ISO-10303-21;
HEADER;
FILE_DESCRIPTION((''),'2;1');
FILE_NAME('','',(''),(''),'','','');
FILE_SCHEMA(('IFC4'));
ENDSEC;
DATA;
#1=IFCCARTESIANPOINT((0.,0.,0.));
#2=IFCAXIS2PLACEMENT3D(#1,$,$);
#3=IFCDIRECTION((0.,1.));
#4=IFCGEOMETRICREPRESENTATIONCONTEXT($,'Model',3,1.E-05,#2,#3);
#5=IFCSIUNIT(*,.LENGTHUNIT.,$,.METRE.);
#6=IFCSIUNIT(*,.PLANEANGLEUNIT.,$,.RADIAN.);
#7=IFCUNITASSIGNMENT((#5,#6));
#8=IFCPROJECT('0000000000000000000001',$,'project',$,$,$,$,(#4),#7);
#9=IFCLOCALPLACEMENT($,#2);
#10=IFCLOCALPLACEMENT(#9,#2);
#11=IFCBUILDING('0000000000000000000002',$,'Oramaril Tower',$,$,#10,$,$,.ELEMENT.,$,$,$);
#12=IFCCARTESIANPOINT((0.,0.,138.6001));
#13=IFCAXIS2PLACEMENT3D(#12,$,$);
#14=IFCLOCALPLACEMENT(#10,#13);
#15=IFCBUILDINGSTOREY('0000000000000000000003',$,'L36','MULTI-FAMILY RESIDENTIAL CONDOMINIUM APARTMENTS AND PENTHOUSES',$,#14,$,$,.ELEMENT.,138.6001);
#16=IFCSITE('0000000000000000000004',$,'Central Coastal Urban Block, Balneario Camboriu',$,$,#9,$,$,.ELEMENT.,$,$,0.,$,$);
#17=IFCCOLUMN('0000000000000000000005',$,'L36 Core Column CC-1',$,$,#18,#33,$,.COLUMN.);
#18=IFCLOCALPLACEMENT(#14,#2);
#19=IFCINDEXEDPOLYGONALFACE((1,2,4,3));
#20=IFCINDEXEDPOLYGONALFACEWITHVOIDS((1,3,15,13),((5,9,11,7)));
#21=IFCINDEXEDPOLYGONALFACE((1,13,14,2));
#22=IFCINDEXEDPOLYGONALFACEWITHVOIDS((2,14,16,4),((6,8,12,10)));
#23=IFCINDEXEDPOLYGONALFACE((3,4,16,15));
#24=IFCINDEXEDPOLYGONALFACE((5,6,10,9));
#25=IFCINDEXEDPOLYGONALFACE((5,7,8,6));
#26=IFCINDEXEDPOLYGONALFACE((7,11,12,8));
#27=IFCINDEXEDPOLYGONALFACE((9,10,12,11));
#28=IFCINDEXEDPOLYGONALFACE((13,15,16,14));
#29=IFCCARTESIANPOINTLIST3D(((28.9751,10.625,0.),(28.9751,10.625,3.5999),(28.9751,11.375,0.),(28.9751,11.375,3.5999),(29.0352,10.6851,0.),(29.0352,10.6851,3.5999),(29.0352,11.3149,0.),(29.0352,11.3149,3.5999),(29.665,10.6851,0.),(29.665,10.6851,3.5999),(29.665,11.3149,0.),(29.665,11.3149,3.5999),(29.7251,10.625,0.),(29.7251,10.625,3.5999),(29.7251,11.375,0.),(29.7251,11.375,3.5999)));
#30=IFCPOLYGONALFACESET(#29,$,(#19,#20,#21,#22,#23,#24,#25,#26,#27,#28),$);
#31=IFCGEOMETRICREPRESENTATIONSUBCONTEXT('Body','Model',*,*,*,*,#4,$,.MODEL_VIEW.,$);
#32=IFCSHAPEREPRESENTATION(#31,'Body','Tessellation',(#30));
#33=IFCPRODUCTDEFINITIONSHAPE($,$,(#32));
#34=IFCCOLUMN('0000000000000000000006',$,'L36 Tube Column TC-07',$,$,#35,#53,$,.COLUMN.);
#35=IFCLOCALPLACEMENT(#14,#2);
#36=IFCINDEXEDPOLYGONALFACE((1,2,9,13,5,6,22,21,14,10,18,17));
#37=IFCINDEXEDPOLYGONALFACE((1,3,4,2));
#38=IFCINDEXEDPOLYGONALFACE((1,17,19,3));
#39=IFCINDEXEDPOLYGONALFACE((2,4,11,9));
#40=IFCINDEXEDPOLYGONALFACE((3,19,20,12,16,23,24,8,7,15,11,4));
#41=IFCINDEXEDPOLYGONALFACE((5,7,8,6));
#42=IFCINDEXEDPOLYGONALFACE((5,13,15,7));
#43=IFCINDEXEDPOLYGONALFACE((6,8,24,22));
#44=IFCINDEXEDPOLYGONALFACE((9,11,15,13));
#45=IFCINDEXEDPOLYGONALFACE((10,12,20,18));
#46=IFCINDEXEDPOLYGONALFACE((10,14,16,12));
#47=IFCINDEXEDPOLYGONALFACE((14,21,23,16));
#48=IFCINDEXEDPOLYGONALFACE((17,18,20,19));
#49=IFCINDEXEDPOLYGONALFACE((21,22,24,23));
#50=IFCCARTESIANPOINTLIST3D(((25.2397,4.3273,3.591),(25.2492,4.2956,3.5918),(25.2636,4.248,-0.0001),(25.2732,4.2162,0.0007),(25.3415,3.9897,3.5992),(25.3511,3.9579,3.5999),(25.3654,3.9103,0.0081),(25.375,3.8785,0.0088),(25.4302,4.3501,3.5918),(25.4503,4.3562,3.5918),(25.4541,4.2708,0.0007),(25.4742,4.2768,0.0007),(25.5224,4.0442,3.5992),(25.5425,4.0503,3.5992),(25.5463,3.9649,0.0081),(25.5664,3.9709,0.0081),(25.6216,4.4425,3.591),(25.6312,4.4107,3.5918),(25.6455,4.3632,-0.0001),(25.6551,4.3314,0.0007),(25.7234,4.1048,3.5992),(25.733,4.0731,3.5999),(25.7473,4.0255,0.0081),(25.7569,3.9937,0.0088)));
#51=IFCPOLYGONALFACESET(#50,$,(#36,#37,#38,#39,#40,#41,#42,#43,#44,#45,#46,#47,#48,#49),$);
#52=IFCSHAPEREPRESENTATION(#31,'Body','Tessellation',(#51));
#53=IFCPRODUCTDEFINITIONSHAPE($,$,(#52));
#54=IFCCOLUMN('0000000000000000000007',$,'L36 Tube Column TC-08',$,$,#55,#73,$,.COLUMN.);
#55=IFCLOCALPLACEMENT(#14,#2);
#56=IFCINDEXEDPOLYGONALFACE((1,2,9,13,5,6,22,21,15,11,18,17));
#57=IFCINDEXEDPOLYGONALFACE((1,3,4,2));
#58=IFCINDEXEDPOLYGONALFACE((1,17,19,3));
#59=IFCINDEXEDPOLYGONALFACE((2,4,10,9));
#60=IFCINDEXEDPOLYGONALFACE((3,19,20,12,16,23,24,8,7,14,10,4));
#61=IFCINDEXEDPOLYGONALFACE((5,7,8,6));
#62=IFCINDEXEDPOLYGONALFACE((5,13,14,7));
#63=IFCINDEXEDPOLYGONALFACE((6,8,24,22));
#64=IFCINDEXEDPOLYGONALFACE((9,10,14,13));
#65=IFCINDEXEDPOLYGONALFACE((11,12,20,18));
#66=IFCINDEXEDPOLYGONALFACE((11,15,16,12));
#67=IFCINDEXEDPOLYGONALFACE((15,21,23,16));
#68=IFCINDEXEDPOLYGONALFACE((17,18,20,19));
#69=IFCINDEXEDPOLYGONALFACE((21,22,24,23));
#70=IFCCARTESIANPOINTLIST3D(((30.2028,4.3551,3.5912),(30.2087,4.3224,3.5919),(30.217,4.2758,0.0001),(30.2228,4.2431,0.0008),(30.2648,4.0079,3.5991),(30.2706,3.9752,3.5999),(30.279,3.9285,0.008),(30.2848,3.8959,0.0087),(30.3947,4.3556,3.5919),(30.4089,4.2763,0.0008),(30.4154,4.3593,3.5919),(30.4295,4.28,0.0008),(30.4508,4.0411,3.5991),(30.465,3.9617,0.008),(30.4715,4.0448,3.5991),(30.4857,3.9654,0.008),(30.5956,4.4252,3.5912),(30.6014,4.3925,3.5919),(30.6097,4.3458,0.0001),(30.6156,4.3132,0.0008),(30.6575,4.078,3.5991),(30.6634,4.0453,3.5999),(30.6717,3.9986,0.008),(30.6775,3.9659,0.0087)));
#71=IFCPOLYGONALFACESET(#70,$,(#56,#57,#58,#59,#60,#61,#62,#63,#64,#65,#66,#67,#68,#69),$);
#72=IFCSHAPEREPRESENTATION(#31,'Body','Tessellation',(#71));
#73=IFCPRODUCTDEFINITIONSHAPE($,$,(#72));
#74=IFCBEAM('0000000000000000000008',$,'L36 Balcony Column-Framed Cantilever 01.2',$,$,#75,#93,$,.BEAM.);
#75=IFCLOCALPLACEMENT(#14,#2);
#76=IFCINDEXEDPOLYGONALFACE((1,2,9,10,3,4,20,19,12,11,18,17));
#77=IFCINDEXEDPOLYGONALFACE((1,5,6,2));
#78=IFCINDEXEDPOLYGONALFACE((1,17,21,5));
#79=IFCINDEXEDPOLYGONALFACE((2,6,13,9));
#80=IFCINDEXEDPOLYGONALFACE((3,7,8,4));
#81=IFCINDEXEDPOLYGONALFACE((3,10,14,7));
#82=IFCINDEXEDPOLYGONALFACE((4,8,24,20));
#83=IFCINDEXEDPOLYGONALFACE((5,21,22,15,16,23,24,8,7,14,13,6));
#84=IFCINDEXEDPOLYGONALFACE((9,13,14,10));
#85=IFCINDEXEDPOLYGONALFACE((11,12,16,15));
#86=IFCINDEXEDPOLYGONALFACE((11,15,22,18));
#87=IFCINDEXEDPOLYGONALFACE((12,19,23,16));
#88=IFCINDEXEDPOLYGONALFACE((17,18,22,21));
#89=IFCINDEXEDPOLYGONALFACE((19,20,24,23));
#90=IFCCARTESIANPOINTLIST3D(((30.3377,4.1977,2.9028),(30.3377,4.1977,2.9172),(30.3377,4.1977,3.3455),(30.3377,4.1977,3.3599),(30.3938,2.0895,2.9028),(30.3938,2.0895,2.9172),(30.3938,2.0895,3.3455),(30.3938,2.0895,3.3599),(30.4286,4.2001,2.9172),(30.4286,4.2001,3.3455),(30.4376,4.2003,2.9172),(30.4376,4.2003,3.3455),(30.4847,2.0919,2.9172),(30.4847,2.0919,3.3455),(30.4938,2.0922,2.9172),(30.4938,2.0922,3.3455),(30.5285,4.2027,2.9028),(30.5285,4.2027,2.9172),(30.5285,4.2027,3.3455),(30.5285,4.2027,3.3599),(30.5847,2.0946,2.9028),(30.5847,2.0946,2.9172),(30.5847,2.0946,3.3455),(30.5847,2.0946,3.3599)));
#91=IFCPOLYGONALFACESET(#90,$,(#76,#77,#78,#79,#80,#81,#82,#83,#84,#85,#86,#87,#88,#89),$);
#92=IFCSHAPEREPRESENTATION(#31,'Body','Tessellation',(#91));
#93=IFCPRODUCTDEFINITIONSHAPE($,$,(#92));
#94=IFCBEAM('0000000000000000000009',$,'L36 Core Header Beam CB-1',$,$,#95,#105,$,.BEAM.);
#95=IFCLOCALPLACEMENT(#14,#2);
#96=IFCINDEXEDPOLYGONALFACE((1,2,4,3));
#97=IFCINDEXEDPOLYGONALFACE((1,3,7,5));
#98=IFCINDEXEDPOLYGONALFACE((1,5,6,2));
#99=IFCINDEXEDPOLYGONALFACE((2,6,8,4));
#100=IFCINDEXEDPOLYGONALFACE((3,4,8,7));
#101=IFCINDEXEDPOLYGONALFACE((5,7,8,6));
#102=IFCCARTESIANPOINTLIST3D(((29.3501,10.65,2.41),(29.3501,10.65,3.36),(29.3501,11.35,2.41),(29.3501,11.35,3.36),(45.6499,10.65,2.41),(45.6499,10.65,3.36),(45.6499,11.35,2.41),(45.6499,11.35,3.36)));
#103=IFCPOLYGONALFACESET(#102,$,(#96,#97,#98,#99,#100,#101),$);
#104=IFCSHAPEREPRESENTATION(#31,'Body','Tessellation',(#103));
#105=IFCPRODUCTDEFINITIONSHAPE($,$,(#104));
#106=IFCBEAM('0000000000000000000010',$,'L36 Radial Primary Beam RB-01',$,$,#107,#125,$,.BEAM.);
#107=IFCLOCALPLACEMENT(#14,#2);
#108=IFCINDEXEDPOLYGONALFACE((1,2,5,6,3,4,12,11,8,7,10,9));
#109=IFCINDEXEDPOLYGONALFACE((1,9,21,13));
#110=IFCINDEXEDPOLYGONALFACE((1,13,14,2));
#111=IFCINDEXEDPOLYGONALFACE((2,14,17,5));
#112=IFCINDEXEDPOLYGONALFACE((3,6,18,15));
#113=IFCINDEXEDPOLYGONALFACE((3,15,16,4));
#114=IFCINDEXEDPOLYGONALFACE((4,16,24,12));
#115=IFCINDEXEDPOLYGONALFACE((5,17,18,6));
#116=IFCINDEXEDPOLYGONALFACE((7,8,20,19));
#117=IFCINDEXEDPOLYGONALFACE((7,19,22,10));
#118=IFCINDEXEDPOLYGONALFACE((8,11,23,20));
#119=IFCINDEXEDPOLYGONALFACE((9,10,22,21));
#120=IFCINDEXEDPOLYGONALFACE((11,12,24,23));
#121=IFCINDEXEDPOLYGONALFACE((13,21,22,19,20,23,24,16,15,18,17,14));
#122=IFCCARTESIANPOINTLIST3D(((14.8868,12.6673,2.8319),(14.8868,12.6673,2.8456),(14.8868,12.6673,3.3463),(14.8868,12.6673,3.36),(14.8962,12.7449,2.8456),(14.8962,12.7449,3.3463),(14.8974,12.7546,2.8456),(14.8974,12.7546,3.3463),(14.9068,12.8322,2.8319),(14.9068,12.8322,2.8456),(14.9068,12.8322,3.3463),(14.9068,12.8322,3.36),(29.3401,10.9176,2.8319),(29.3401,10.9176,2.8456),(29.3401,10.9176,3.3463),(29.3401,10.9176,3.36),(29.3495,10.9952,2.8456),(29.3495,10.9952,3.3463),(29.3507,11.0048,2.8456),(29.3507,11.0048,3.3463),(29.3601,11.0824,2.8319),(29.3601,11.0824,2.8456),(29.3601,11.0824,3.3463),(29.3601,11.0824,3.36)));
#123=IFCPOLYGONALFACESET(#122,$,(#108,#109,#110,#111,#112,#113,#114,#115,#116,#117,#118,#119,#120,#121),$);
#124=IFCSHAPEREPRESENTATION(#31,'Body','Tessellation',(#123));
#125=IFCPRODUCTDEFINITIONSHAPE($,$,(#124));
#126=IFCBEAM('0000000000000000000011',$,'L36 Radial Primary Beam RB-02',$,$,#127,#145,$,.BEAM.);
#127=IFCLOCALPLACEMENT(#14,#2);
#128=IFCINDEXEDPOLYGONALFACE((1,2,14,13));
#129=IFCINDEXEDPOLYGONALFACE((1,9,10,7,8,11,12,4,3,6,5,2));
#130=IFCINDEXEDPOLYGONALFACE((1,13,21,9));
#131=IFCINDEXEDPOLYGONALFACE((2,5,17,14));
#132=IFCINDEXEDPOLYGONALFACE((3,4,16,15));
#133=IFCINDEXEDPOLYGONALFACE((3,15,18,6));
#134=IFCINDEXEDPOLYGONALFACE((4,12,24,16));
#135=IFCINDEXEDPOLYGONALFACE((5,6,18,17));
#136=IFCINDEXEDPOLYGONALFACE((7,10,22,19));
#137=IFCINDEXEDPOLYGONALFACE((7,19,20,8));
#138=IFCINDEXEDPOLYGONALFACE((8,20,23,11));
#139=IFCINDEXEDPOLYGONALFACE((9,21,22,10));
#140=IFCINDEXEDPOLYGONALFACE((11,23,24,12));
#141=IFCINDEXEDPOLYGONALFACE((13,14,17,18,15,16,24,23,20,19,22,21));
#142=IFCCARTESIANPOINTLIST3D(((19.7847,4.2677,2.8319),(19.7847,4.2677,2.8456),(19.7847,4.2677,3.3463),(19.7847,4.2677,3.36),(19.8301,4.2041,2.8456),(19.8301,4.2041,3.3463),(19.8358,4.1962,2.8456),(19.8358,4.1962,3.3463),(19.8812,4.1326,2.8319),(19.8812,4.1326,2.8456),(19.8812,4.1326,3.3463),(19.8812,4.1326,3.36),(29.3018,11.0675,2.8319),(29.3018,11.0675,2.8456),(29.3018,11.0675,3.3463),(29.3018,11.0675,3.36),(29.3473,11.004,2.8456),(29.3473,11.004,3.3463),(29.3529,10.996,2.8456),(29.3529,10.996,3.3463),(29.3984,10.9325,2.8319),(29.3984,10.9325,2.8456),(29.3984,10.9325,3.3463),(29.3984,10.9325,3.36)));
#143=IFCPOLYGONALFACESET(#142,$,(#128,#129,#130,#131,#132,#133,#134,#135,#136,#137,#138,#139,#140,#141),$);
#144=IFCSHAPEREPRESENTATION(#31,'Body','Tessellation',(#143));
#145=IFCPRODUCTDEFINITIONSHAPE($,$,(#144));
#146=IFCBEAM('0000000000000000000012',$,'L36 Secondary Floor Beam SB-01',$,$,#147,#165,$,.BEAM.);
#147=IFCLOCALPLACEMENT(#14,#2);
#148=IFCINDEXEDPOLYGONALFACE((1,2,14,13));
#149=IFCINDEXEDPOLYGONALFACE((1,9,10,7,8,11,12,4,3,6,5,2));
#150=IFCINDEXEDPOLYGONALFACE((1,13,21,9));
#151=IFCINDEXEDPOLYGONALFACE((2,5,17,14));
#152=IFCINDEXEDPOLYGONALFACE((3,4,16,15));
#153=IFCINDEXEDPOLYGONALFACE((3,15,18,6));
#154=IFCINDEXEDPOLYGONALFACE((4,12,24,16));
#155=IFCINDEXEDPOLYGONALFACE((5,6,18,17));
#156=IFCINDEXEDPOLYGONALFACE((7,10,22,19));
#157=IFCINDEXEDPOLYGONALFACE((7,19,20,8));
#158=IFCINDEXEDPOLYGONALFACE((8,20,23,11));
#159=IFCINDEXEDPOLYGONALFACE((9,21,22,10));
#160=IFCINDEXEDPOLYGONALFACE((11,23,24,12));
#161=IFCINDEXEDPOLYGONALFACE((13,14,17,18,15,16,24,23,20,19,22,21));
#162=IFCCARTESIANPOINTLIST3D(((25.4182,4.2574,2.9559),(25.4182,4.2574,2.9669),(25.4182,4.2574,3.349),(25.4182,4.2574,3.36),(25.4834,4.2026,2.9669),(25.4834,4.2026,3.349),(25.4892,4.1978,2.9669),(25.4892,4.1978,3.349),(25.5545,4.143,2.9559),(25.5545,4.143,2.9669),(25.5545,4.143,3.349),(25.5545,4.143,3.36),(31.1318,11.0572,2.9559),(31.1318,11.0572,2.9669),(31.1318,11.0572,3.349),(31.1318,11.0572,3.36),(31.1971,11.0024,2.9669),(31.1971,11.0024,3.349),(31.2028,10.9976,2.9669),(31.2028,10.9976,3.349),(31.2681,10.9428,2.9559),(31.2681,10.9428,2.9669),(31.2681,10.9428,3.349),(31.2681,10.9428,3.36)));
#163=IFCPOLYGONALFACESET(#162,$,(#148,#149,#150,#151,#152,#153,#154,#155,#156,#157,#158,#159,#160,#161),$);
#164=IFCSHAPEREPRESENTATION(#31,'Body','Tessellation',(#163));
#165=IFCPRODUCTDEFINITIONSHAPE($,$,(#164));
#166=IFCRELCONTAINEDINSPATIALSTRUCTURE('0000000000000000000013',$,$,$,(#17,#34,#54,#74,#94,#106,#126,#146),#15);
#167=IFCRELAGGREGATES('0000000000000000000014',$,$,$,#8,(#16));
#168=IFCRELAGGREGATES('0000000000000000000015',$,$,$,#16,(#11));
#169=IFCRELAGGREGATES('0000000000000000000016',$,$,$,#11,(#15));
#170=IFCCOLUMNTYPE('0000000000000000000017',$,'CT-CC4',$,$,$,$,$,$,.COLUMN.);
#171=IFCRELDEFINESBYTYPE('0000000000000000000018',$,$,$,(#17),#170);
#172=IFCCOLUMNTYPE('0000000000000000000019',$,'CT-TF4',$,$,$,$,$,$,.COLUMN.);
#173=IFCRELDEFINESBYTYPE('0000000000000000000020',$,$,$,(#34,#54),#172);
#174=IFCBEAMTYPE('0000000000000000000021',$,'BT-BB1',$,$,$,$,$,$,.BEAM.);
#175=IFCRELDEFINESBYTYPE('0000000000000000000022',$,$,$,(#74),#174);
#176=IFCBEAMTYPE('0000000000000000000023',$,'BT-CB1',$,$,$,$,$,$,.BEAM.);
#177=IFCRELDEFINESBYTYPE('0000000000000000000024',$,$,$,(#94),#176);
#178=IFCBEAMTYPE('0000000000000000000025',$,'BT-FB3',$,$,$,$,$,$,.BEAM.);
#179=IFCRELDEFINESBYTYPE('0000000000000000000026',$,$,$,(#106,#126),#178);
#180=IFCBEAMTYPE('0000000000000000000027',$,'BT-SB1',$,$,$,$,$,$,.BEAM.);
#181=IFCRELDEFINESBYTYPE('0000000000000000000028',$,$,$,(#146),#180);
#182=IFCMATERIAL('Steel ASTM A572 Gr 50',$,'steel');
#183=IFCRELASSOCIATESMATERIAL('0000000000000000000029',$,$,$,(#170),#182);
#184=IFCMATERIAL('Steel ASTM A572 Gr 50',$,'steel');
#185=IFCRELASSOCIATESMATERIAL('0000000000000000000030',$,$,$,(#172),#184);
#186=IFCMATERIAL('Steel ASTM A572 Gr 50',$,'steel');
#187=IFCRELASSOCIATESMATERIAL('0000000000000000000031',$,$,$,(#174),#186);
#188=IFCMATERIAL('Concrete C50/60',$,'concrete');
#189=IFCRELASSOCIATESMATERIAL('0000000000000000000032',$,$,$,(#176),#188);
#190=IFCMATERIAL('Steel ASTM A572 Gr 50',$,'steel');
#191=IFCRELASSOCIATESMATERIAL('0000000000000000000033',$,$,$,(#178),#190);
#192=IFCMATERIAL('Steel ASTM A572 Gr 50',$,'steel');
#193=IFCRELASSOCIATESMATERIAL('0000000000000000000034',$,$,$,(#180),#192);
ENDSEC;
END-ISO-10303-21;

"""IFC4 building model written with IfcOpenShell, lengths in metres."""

from ifc_helpers import new_model, si_unit, direction, frame, origin, origin_2d, place, context, subcontext, project, spatial, rectangle, hollow_rectangle, i_section, extrude, material, material_profile, profile_set, type_object, element, save


model = new_model("IFC4")

# Units and contexts
model_context = context("Model", 3, precision=1e-05, world=origin(), true_north=direction((0.0, 1.0)))
body_context = subcontext(model_context, "Body", "Model", "MODEL_VIEW")
ifc_project = project(units=[si_unit("LENGTHUNIT", "METRE"), si_unit("PLANEANGLEUNIT", "RADIAN")], contexts=[model_context])

# Site, building, storey
site_placement = place(None, origin())
site = spatial("IfcSite", under=ifc_project, at=site_placement, Name="Central Coastal Urban Block, Balneario Camboriu", CompositionType="ELEMENT", RefElevation=0.0)
building_placement = place(site_placement, origin())
building = spatial("IfcBuilding", under=site, at=building_placement, Name="Oramaril Tower", CompositionType="ELEMENT")
storey_placement = place(building_placement, frame((0.0, 0.0, 138.6001)))
storey = spatial("IfcBuildingStorey", under=building, at=storey_placement, Name="L36", Description="MULTI-FAMILY RESIDENTIAL CONDOMINIUM APARTMENTS AND PENTHOUSES", CompositionType="ELEMENT", Elevation=138.6001)

# Columns
ifc_material_1 = material(Name="Steel ASTM A572 Gr 50", Category="steel")
ifc_material_profile_1 = material_profile(ifc_material_1, hollow_rectangle(XDim=0.75, YDim=0.75, WallThickness=0.0601, at=origin_2d()), Name="BOX750X750X60")
ifc_profile_set_1 = profile_set([ifc_material_profile_1], Name="Steel ASTM A572 Gr 50")
column_type_1 = type_object("IfcColumnType", Name="CT-CC4", PredefinedType="COLUMN", material=ifc_profile_set_1)
column_placement = place(storey_placement, frame((29.3501, 11.0, 0.0), z_axis=(0.0, 0.0, 1.0), x_axis=(1.0, 0.0, 0.0)))
element("IfcColumn", 1, at=column_placement, inside=storey, type_object=column_type_1, Name="L36 Core Column CC-1", PredefinedType="COLUMN", context=body_context, shape_type="SweptSolid", body=[
    extrude(hollow_rectangle(XDim=0.75, YDim=0.75, WallThickness=0.0601, at=origin_2d()), origin(), (0.0, 0.0, 1.0), 3.5999),
])
ifc_material_2 = material(Name="Steel ASTM A572 Gr 50", Category="steel")
ifc_material_profile_2 = material_profile(ifc_material_2, i_section(OverallWidth=0.3989, OverallDepth=0.386, WebThickness=0.021, FlangeThickness=0.0332, at=origin_2d()), Name="W14X176")
ifc_profile_set_2 = profile_set([ifc_material_profile_2], Name="Steel ASTM A572 Gr 50")
column_type_2 = type_object("IfcColumnType", Name="CT-TF4", PredefinedType="COLUMN", material=ifc_profile_set_2)
for number, where, z_axis, x_axis, name in (
    (2, (25.5103, 4.1208, 0.0044), (-0.006661, 0.022089, 0.999734), (-0.95742, -0.288699, 0.0), "L36 Tube Column TC-07"),
    (3, (30.4473, 4.1208, 0.0044), (-0.003942, 0.02209, 0.999748), (-0.984446, -0.175686, 0.0), "L36 Tube Column TC-08"),
):
    element("IfcColumn", number, at=place(storey_placement, frame(where, z_axis=z_axis, x_axis=x_axis)), inside=storey, type_object=column_type_2, Name=name, PredefinedType="COLUMN", context=body_context, shape_type="SweptSolid", body=[
        extrude(i_section(OverallWidth=0.3989, OverallDepth=0.386, WebThickness=0.021, FlangeThickness=0.0332, at=origin_2d()), origin(), (0.0, 0.0, 1.0), 3.592),
    ])

# Beams
ifc_material_3 = material(Name="Steel ASTM A572 Gr 50", Category="steel")
ifc_material_profile_3 = material_profile(ifc_material_3, i_section(OverallWidth=0.1909, OverallDepth=0.457, WebThickness=0.009, FlangeThickness=0.0144, at=origin_2d()), Name="W18X50")
ifc_profile_set_3 = profile_set([ifc_material_profile_3], Name="Steel ASTM A572 Gr 50")
beam_type_1 = type_object("IfcBeamType", Name="BT-BB1", PredefinedType="BEAM", material=ifc_profile_set_3)
beam_1_placement = place(storey_placement, frame((30.4331, 4.2002, 3.1313), z_axis=(0.026626, -0.999645, 0.0), x_axis=(0.999645, 0.026626, 0.0)))
element("IfcBeam", 4, at=beam_1_placement, inside=storey, type_object=beam_type_1, Name="L36 Balcony Column-Framed Cantilever 01.2", PredefinedType="BEAM", context=body_context, shape_type="SweptSolid", body=[
    extrude(i_section(OverallWidth=0.1909, OverallDepth=0.457, WebThickness=0.009, FlangeThickness=0.0144, at=origin_2d()), origin(), (0.0, 0.0, 1.0), 2.1089),
])
ifc_material_4 = material(Name="Concrete C50/60", Category="concrete")
ifc_material_profile_4 = material_profile(ifc_material_4, rectangle(XDim=0.7, YDim=0.95, at=origin_2d()), Name="CB700X950")
ifc_profile_set_4 = profile_set([ifc_material_profile_4], Name="Concrete C50/60")
beam_type_2 = type_object("IfcBeamType", Name="BT-CB1", PredefinedType="BEAM", material=ifc_profile_set_4)
beam_2_placement = place(storey_placement, frame((29.3501, 11.0, 2.885), z_axis=(1.0, 0.0, 0.0), x_axis=(0.0, 1.0, 0.0)))
element("IfcBeam", 5, at=beam_2_placement, inside=storey, type_object=beam_type_2, Name="L36 Core Header Beam CB-1", PredefinedType="BEAM", context=body_context, shape_type="SweptSolid", body=[
    extrude(rectangle(XDim=0.7, YDim=0.95, at=origin_2d()), origin(), (0.0, 0.0, 1.0), 16.2998),
])
ifc_material_5 = material(Name="Steel ASTM A572 Gr 50", Category="steel")
ifc_material_profile_5 = material_profile(ifc_material_5, i_section(OverallWidth=0.166, OverallDepth=0.5281, WebThickness=0.0098, FlangeThickness=0.0137, at=origin_2d()), Name="W21X50")
ifc_profile_set_5 = profile_set([ifc_material_profile_5], Name="Steel ASTM A572 Gr 50")
beam_type_3 = type_object("IfcBeamType", Name="BT-FB3", PredefinedType="BEAM", material=ifc_profile_set_5)
beam_3_placement = place(storey_placement, frame((29.3501, 11.0, 3.0959), z_axis=(-0.992752, 0.120185, 0.0), x_axis=(-0.120185, -0.992752, 0.0)))
element("IfcBeam", 6, at=beam_3_placement, inside=storey, type_object=beam_type_3, Name="L36 Radial Primary Beam RB-01", PredefinedType="BEAM", context=body_context, shape_type="SweptSolid", body=[
    extrude(i_section(OverallWidth=0.166, OverallDepth=0.5281, WebThickness=0.0098, FlangeThickness=0.0137, at=origin_2d()), origin(), (0.0, 0.0, 1.0), 14.5588),
])
beam_4_placement = place(storey_placement, frame((29.3501, 11.0, 3.0959), z_axis=(-0.813657, -0.581345, 0.0), x_axis=(0.581345, -0.813657, 0.0)))
element("IfcBeam", 7, at=beam_4_placement, inside=storey, type_object=beam_type_3, Name="L36 Radial Primary Beam RB-02", PredefinedType="BEAM", context=body_context, shape_type="SweptSolid", body=[
    extrude(i_section(OverallWidth=0.166, OverallDepth=0.5281, WebThickness=0.0098, FlangeThickness=0.0137, at=origin_2d()), origin(), (0.0, 0.0, 1.0), 11.6968),
])
ifc_material_6 = material(Name="Steel ASTM A572 Gr 50", Category="steel")
ifc_material_profile_6 = material_profile(ifc_material_6, i_section(OverallWidth=0.178, OverallDepth=0.4041, WebThickness=0.0076, FlangeThickness=0.011, at=origin_2d()), Name="W16X36")
ifc_profile_set_6 = profile_set([ifc_material_profile_6], Name="Steel ASTM A572 Gr 50")
beam_type_4 = type_object("IfcBeamType", Name="BT-SB1", PredefinedType="BEAM", material=ifc_profile_set_6)
beam_5_placement = place(storey_placement, frame((31.2, 11.0, 3.158), z_axis=(-0.64331, -0.765606, 0.0), x_axis=(0.765606, -0.64331, 0.0)))
element("IfcBeam", 8, at=beam_5_placement, inside=storey, type_object=beam_type_4, Name="L36 Secondary Floor Beam SB-01", PredefinedType="BEAM", context=body_context, shape_type="SweptSolid", body=[
    extrude(i_section(OverallWidth=0.178, OverallDepth=0.4041, WebThickness=0.0076, FlangeThickness=0.011, at=origin_2d()), origin(), (0.0, 0.0, 1.0), 8.8816),
])

save(model, "model.ifc")
